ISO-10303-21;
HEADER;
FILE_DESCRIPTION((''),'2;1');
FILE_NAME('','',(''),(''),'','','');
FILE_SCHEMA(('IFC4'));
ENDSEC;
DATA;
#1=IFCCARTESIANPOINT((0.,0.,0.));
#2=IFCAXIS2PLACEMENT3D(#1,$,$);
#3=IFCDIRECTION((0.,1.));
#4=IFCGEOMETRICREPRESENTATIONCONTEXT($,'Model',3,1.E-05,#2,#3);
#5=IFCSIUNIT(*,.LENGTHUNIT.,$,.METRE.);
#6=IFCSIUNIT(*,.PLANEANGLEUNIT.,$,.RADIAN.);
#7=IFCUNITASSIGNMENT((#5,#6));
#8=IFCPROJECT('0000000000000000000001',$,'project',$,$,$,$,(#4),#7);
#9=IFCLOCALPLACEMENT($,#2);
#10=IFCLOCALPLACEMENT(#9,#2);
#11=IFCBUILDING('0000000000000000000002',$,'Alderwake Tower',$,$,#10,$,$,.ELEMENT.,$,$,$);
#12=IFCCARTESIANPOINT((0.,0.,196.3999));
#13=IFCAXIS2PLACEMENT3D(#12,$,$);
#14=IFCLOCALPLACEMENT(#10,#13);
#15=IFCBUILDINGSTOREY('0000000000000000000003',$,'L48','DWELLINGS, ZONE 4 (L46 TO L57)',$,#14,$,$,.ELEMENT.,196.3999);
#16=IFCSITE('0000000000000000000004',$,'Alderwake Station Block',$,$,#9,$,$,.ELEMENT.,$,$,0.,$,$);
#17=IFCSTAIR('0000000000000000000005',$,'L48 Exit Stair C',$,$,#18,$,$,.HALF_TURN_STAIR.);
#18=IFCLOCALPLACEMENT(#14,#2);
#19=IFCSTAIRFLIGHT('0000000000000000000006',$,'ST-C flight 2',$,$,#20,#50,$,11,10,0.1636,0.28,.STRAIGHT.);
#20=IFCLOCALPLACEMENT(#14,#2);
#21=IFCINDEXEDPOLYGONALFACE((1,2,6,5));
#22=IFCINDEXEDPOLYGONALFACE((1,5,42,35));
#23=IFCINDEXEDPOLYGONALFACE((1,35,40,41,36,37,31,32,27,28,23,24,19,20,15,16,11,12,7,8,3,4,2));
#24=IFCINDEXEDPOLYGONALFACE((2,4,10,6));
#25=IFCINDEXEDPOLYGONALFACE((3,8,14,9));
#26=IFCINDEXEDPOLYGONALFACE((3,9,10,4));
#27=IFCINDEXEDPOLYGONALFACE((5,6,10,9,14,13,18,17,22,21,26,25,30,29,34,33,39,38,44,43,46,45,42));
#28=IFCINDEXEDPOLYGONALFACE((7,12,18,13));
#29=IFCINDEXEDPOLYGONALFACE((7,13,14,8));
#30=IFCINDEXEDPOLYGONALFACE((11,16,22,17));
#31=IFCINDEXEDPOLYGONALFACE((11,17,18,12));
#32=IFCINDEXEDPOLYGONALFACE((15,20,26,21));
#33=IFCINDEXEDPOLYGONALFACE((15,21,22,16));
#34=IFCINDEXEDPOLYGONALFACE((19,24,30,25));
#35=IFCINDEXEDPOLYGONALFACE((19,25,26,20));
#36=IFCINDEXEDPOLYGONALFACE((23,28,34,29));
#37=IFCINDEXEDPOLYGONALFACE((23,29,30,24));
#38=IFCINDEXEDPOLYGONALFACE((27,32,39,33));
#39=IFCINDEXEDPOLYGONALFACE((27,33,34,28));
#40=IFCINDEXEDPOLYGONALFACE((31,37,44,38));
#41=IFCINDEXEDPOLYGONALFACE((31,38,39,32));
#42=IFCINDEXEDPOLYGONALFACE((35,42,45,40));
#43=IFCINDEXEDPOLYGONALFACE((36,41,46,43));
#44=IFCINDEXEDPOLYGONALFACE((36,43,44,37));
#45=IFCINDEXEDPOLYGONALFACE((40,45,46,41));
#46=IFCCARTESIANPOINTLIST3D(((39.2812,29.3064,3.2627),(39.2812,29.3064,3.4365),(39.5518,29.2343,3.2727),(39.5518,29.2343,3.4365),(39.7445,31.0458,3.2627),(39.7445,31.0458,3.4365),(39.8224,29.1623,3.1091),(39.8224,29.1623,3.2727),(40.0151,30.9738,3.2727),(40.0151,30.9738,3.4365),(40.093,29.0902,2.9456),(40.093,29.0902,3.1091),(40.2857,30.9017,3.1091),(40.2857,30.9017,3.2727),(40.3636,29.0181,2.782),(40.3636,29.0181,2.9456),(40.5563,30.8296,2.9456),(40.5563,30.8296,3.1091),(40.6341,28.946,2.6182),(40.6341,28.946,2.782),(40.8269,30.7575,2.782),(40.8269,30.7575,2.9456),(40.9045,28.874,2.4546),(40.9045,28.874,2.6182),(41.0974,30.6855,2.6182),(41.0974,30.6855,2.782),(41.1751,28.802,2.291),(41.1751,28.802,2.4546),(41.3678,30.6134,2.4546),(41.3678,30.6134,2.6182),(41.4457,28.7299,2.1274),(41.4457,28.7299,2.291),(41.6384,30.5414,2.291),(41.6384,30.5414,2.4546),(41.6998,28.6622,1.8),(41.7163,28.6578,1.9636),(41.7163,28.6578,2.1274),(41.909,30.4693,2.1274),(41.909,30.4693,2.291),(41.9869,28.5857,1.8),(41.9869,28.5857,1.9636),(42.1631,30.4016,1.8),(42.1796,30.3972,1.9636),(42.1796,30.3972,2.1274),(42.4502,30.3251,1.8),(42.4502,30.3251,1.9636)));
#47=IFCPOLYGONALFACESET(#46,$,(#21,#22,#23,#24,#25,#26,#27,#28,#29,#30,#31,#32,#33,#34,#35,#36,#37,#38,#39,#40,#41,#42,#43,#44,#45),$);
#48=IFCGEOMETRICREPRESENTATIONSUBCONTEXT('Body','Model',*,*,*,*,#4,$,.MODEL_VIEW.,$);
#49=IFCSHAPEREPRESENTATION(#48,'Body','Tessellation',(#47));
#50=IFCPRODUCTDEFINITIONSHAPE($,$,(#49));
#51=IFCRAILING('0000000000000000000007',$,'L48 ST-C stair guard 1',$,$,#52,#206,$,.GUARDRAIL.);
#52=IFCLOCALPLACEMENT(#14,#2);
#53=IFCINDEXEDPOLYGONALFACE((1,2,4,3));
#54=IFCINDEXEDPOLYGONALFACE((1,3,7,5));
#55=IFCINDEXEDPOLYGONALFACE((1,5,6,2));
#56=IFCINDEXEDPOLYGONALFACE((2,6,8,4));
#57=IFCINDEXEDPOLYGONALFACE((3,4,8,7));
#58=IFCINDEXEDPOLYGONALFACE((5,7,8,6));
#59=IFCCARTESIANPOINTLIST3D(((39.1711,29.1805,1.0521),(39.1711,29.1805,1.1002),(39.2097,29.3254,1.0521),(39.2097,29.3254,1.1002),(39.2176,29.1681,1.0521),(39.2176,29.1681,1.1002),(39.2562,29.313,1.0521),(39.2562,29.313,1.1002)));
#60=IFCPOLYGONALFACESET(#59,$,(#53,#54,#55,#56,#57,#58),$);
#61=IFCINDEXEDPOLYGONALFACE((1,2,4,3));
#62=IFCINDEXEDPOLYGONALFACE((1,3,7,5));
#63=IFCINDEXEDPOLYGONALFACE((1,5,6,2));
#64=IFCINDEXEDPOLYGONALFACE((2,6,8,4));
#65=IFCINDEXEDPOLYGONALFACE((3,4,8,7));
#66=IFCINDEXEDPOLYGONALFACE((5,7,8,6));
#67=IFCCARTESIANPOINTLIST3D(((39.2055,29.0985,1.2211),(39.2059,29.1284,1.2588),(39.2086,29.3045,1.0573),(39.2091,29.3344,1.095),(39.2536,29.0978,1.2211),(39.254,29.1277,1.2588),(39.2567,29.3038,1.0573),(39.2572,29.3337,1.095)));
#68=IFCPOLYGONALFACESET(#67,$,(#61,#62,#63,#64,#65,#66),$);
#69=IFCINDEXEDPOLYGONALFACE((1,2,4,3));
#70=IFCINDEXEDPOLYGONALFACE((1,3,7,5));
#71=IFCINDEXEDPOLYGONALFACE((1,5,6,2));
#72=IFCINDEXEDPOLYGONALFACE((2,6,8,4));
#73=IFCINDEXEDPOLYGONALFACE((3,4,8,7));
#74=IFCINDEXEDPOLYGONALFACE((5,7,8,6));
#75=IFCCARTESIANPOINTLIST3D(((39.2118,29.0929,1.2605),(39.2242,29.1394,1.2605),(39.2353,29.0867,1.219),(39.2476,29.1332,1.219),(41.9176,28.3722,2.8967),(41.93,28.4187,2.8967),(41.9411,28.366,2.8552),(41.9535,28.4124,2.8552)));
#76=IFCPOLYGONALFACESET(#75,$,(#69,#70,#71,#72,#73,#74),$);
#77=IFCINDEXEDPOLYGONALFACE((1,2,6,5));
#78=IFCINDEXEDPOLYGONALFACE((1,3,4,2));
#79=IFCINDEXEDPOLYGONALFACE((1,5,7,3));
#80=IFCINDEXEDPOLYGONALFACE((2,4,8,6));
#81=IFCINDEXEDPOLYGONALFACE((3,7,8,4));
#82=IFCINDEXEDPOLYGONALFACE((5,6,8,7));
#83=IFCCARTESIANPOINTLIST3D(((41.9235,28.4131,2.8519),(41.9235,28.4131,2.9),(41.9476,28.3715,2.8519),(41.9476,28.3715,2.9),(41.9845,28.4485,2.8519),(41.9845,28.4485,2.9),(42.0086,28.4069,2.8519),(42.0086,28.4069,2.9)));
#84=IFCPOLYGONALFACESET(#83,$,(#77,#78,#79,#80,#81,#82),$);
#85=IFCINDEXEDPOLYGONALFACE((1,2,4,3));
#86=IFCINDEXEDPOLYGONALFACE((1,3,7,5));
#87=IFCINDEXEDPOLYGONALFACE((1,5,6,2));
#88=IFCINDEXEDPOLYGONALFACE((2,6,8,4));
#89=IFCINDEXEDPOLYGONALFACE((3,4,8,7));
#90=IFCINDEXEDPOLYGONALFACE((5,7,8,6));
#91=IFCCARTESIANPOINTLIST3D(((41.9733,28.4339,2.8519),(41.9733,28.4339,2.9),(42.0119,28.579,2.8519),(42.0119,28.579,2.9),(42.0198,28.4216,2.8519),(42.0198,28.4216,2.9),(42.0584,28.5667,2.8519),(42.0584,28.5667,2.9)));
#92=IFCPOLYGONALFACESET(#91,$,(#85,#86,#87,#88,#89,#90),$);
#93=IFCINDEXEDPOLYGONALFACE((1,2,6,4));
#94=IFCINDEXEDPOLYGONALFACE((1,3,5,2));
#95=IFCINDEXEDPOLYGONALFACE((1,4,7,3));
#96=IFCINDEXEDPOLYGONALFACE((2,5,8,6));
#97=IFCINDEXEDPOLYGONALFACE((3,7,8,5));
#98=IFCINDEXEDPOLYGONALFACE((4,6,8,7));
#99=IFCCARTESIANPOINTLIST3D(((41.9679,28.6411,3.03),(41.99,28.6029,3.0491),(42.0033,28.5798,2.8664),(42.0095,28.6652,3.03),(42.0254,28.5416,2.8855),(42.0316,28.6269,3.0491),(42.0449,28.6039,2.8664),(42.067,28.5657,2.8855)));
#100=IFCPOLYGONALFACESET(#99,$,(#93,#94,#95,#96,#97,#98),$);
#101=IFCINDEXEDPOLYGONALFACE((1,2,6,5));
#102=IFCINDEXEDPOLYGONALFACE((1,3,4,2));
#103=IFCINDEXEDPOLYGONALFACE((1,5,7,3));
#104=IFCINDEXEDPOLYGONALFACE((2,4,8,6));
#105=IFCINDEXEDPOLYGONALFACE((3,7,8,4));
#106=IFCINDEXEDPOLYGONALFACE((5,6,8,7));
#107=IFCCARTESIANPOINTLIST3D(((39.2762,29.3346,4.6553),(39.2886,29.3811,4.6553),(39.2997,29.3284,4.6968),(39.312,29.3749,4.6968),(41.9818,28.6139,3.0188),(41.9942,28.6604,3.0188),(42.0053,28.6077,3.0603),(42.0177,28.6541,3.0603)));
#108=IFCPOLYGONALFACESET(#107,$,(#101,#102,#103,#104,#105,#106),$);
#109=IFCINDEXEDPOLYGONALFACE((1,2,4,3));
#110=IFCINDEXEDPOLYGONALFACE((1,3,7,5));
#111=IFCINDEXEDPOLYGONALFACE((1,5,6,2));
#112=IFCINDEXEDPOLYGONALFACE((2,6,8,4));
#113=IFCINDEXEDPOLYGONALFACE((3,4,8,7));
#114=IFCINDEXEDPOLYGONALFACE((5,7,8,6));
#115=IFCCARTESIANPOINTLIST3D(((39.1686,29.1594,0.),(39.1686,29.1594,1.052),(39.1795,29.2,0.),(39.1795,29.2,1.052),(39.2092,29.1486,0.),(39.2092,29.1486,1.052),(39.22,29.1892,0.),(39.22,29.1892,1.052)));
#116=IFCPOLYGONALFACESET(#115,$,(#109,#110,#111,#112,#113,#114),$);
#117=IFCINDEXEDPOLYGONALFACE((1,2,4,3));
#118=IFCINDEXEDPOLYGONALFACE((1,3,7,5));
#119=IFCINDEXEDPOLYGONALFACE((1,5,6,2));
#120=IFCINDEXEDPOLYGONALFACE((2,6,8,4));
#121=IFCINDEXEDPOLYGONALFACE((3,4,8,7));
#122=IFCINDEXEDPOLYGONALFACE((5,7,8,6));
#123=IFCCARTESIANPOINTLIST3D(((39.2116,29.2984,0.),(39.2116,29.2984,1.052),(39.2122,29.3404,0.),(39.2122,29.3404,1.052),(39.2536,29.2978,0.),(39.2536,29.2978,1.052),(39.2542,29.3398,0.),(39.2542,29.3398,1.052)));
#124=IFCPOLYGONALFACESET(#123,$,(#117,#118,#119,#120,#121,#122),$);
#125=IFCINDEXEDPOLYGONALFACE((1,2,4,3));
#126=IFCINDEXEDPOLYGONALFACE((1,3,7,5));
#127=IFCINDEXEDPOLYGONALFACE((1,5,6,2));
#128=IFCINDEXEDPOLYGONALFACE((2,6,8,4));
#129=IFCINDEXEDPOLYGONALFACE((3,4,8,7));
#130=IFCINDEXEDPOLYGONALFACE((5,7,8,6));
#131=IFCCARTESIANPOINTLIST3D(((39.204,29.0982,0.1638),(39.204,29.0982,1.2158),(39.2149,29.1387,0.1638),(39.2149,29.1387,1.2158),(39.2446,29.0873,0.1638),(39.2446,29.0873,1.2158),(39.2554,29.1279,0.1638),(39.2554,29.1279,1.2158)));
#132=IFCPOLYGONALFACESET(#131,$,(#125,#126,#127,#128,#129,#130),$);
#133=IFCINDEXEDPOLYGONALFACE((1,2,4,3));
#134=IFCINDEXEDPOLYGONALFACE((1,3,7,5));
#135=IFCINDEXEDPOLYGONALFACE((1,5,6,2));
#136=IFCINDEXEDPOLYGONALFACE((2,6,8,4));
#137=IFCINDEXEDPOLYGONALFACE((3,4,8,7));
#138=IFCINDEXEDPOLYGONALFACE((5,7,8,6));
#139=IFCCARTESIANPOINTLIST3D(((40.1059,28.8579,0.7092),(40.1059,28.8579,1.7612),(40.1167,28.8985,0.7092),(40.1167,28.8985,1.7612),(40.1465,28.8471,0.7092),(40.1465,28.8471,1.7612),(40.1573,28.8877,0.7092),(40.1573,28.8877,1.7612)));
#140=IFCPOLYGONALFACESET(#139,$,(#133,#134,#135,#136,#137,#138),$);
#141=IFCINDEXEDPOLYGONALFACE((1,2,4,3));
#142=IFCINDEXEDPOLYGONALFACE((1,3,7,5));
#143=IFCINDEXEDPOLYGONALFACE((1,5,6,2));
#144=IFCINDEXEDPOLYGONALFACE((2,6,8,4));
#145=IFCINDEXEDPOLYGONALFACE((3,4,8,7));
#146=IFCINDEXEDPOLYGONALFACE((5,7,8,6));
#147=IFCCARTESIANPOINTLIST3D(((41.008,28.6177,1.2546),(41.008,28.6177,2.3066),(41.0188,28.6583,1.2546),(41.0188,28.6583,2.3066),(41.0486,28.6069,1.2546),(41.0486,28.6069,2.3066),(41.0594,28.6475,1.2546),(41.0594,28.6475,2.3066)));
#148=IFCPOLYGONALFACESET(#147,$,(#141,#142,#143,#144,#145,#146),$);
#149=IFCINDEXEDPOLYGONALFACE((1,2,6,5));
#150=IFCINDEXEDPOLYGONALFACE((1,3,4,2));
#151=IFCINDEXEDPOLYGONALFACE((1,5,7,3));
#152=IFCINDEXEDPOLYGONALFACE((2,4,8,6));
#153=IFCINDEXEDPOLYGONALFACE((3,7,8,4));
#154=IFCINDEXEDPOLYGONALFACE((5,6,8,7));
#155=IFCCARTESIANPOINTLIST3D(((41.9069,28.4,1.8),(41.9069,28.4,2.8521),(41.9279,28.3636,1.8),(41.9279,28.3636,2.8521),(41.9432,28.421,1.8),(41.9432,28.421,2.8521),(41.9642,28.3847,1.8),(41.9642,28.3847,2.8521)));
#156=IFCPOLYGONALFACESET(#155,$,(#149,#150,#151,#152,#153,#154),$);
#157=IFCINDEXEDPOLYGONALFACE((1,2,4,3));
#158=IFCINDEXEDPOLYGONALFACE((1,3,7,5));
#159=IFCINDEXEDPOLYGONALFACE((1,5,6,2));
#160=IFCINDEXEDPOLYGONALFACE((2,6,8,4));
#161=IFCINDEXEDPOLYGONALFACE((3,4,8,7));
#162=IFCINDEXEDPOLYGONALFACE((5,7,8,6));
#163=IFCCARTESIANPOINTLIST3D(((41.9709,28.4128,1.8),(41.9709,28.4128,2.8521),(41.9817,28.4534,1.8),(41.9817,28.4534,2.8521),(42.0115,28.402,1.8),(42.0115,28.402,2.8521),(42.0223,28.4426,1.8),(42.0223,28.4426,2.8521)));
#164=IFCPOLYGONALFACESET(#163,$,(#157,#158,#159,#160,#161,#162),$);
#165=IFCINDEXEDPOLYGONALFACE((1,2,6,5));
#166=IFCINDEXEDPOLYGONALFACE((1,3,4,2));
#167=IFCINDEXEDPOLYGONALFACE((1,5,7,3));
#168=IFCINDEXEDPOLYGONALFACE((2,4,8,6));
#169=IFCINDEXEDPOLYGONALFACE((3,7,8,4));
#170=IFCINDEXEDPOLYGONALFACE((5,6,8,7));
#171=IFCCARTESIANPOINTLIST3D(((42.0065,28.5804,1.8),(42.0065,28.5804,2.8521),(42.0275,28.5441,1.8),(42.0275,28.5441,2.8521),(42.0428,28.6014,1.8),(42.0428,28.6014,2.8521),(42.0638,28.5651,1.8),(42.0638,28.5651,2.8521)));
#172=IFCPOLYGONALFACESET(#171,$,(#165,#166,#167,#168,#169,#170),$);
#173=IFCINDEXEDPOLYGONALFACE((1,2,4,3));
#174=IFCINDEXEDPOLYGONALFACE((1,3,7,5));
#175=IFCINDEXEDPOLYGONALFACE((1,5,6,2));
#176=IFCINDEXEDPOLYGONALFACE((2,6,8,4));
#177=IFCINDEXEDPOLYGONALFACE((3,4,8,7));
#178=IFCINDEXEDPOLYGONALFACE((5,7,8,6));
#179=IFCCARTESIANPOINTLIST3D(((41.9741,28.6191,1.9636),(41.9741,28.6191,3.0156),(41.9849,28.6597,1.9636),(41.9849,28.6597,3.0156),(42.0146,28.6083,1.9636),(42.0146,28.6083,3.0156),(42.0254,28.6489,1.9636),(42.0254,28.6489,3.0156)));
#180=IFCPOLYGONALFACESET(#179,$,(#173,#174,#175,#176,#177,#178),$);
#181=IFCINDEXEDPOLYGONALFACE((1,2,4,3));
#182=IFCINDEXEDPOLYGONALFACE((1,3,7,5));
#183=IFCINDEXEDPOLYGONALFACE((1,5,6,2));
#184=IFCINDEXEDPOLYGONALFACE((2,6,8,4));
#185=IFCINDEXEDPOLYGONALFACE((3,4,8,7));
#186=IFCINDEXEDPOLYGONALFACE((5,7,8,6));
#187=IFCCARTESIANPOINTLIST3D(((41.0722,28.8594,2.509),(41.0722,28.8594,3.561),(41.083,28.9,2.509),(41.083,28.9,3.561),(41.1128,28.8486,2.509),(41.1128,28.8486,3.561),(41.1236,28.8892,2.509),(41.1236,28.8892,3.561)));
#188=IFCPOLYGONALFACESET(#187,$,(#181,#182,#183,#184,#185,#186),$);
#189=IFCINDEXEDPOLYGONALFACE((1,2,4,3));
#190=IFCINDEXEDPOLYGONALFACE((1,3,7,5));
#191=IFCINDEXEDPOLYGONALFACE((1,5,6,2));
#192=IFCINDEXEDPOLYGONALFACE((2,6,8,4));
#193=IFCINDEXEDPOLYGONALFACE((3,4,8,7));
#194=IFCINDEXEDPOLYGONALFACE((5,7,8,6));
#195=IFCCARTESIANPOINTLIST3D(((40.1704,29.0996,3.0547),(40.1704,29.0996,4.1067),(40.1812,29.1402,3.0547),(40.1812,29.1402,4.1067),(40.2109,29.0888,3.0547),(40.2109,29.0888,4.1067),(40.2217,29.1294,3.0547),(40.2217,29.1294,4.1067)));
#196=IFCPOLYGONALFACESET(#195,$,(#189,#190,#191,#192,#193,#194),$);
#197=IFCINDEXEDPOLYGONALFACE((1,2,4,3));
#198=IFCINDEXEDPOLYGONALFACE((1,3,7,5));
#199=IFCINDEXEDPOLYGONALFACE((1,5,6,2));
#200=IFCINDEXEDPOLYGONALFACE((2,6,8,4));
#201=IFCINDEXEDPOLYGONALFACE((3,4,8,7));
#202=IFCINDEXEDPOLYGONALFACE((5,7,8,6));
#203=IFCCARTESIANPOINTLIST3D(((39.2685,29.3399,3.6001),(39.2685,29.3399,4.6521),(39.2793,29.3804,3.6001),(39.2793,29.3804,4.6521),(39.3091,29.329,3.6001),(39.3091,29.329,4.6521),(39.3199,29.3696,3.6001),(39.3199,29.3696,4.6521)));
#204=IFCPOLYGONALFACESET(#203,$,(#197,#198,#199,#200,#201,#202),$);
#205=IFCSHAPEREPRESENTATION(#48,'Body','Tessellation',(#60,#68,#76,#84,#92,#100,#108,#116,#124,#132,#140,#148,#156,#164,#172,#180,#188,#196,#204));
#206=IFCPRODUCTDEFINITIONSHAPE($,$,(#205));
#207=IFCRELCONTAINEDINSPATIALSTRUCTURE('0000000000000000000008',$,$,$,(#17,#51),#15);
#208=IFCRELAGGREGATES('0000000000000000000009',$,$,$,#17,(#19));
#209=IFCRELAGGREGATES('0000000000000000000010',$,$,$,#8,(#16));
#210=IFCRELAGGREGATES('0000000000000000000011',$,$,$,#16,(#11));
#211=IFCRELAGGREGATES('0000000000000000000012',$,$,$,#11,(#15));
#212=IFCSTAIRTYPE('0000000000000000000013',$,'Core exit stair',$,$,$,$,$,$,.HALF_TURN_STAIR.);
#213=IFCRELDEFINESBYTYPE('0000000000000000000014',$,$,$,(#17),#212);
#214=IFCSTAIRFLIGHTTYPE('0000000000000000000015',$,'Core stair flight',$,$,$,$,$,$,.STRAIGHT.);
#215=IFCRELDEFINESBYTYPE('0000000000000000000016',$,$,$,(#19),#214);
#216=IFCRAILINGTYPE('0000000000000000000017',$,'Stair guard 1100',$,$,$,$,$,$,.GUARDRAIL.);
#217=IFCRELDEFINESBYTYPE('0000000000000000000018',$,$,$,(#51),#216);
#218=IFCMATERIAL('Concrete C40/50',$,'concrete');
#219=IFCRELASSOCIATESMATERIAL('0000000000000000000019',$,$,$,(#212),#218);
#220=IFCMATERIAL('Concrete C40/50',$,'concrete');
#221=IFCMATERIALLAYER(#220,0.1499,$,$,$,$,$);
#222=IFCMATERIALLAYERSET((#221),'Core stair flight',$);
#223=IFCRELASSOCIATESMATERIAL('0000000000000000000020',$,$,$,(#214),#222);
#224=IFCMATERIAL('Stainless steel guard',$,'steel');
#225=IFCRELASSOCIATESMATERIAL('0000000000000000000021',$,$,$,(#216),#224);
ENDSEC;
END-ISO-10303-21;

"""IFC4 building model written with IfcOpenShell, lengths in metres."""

from ifc_helpers import new_model, si_unit, direction, frame, origin, origin_2d, place, context, subcontext, project, spatial, polyline, rectangle, outline, extrude, material, layer, layer_set, type_object, element, aggregate, save


model = new_model("IFC4")

# Units and contexts
model_context = context("Model", 3, precision=1e-05, world=origin(), true_north=direction((0.0, 1.0)))
body_context = subcontext(model_context, "Body", "Model", "MODEL_VIEW")
ifc_project = project(units=[si_unit("LENGTHUNIT", "METRE"), si_unit("PLANEANGLEUNIT", "RADIAN")], contexts=[model_context])

# Site, building, storey
site_placement = place(None, origin())
site = spatial("IfcSite", under=ifc_project, at=site_placement, Name="Alderwake Station Block", CompositionType="ELEMENT", RefElevation=0.0)
building_placement = place(site_placement, origin())
building = spatial("IfcBuilding", under=site, at=building_placement, Name="Alderwake Tower", CompositionType="ELEMENT")
storey_placement = place(building_placement, frame((0.0, 0.0, 196.3999)))
storey = spatial("IfcBuildingStorey", under=building, at=storey_placement, Name="L48", Description="DWELLINGS, ZONE 4 (L46 TO L57)", CompositionType="ELEMENT", Elevation=196.3999)

# Stair, stair flight
ifc_material_1 = material(Name="Concrete C40/50", Category="concrete")
stair_type = type_object("IfcStairType", Name="Core exit stair", PredefinedType="HALF_TURN_STAIR", material=ifc_material_1)
stair_placement = place(storey_placement, origin())
stair = element("IfcStair", 1, at=stair_placement, inside=storey, type_object=stair_type, Name="L48 Exit Stair C", PredefinedType="HALF_TURN_STAIR")
ifc_material_2 = material(Name="Concrete C40/50", Category="concrete")
ifc_layer_1 = layer(ifc_material_2, 0.1499)
ifc_layer_set_1 = layer_set([ifc_layer_1], Name="Core stair flight")
stair_flight_type = type_object("IfcStairFlightType", Name="Core stair flight", PredefinedType="STRAIGHT", material=ifc_layer_set_1)
stair_flight_1_placement = place(storey_placement, frame((42.2185, 29.4553, 1.8), z_axis=(0.0, 0.0, 1.0), x_axis=(-0.96631, 0.257382, 0.0)))
stair_flight_1 = element("IfcStairFlight", 2, at=stair_flight_1_placement, type_object=stair_flight_type, Name="ST-C flight 2", NumberOfRisers=11, NumberOfTreads=10, PredefinedType="STRAIGHT", RiserHeight=0.1636, TreadLength=0.28, context=body_context, shape_type="SweptSolid", body=[
    extrude(outline(polyline([(0.0, 0.0), (0.0, 0.1636), (0.28, 0.1636), (0.28, 0.3274), (0.5601, 0.3274), (0.5601, 0.491), (0.8401, 0.491), (0.8401, 0.6545), (1.1201, 0.6545), (1.1201, 0.8181), (1.3999, 0.8181), (1.3999, 0.9819), (1.6799, 0.9819), (1.6799, 1.1455), (1.96, 1.1455), (1.96, 1.3091), (2.24, 1.3091), (2.24, 1.4727), (2.52, 1.4727), (2.52, 1.6365), (2.8, 1.6365), (2.8, 1.8), (2.8, 1.4626), (0.2971, 0.0), (0.0, 0.0)])), frame((0.0, 0.8999, 0.0), z_axis=(0.0, -1.0, 0.0), x_axis=(1.0, 0.0, 0.0)), (0.0, 0.0, 1.0), 1.8),
])
aggregate(stair, [stair_flight_1])

# Railing
ifc_material_3 = material(Name="Stainless steel guard", Category="steel")
railing_type_1 = type_object("IfcRailingType", Name="Stair guard 1100", PredefinedType="GUARDRAIL", material=ifc_material_3)
railing_1_placement = place(storey_placement, frame((39.1943, 29.1743, 0.0)))
element("IfcRailing", 3, at=railing_1_placement, inside=storey, type_object=railing_type_1, Name="L48 ST-C stair guard 1", PredefinedType="GUARDRAIL", context=body_context, shape_type="SweptSolid", body=[
    extrude(rectangle(XDim=0.0481, YDim=0.0481, at=origin_2d()), frame((0.0, 0.0, 1.0762), z_axis=(0.25746, 0.966289, 0.0), x_axis=(-0.966289, 0.25746, 0.0)), (0.0, 0.0, 1.0), 0.1499),
    extrude(rectangle(XDim=0.0481, YDim=0.0481, at=origin_2d()), frame((0.0386, 0.1448, 1.0762), z_axis=(-0.012056, -0.782708, 0.622272), x_axis=(0.999881, -0.015401, 0.0)), (0.0, 0.0, 1.0), 0.2632),
    extrude(rectangle(XDim=0.0481, YDim=0.0481, at=origin_2d()), frame((0.0354, -0.0613, 1.2397), z_axis=(0.834314, -0.222223, 0.504518), x_axis=(0.25738, 0.96631, 0.0)), (0.0, 0.0, 1.0), 3.2432),
    extrude(rectangle(XDim=0.0481, YDim=0.0481, at=origin_2d()), frame((2.7412, -0.782, 2.876), z_axis=(0.865031, 0.501718, 0.0), x_axis=(-0.501718, 0.865031, 0.0)), (0.0, 0.0, 1.0), 0.0706),
    extrude(rectangle(XDim=0.0481, YDim=0.0481, at=origin_2d()), frame((2.8022, -0.7466, 2.876), z_axis=(0.257055, 0.966397, 0.0), x_axis=(-0.966397, 0.257055, 0.0)), (0.0, 0.0, 1.0), 0.1501),
    extrude(rectangle(XDim=0.0481, YDim=0.0481, at=origin_2d()), frame((2.8408, -0.6016, 2.876), z_axis=(-0.198625, 0.343827, 0.917786), x_axis=(-0.865898, -0.50022, 0.0)), (0.0, 0.0, 1.0), 0.1782),
    extrude(rectangle(XDim=0.0481, YDim=0.0481, at=origin_2d()), frame((2.8054, -0.5403, 3.0396), z_axis=(-0.834259, 0.222228, 0.504605), x_axis=(-0.257402, -0.966304, 0.0)), (0.0, 0.0, 1.0), 3.2432),
    extrude(rectangle(XDim=0.042, YDim=0.042, at=origin_2d()), frame((0.0, 0.0, 0.0), z_axis=(0.0, 0.0, 1.0), x_axis=(0.25746, 0.966289, 0.0)), (0.0, 0.0, 1.0), 1.052),
    extrude(rectangle(XDim=0.042, YDim=0.042, at=origin_2d()), frame((0.0386, 0.1448, 0.0), z_axis=(0.0, 0.0, 1.0), x_axis=(-0.015401, -0.999881, 0.0)), (0.0, 0.0, 1.0), 1.052),
    extrude(rectangle(XDim=0.042, YDim=0.042, at=origin_2d()), frame((0.0354, -0.0613, 0.1638), z_axis=(0.0, 0.0, 1.0), x_axis=(0.96631, -0.25738, 0.0)), (0.0, 0.0, 1.0), 1.052),
    extrude(rectangle(XDim=0.042, YDim=0.042, at=origin_2d()), frame((0.9373, -0.3015, 0.7092), z_axis=(0.0, 0.0, 1.0), x_axis=(0.96631, -0.25738, 0.0)), (0.0, 0.0, 1.0), 1.052),
    extrude(rectangle(XDim=0.042, YDim=0.042, at=origin_2d()), frame((1.8394, -0.5417, 1.2546), z_axis=(0.0, 0.0, 1.0), x_axis=(0.96631, -0.25738, 0.0)), (0.0, 0.0, 1.0), 1.052),
    extrude(rectangle(XDim=0.042, YDim=0.042, at=origin_2d()), frame((2.7412, -0.782, 1.8), z_axis=(0.0, 0.0, 1.0), x_axis=(0.865031, 0.501718, 0.0)), (0.0, 0.0, 1.0), 1.052),
    extrude(rectangle(XDim=0.042, YDim=0.042, at=origin_2d()), frame((2.8022, -0.7466, 1.8), z_axis=(0.0, 0.0, 1.0), x_axis=(0.257055, 0.966397, 0.0)), (0.0, 0.0, 1.0), 1.052),
    extrude(rectangle(XDim=0.042, YDim=0.042, at=origin_2d()), frame((2.8408, -0.6016, 1.8), z_axis=(0.0, 0.0, 1.0), x_axis=(-0.50022, 0.865898, 0.0)), (0.0, 0.0, 1.0), 1.052),
    extrude(rectangle(XDim=0.042, YDim=0.042, at=origin_2d()), frame((2.8054, -0.5403, 1.9636), z_axis=(0.0, 0.0, 1.0), x_axis=(-0.966304, 0.257402, 0.0)), (0.0, 0.0, 1.0), 1.052),
    extrude(rectangle(XDim=0.042, YDim=0.042, at=origin_2d()), frame((1.9036, -0.3, 2.509), z_axis=(0.0, 0.0, 1.0), x_axis=(-0.966304, 0.257402, 0.0)), (0.0, 0.0, 1.0), 1.052),
    extrude(rectangle(XDim=0.042, YDim=0.042, at=origin_2d()), frame((1.0017, -0.0598, 3.0547), z_axis=(0.0, 0.0, 1.0), x_axis=(-0.966304, 0.257402, 0.0)), (0.0, 0.0, 1.0), 1.052),
    extrude(rectangle(XDim=0.042, YDim=0.042, at=origin_2d()), frame((0.0999, 0.1804, 3.6001), z_axis=(0.0, 0.0, 1.0), x_axis=(-0.966304, 0.257402, 0.0)), (0.0, 0.0, 1.0), 1.052),
])

save(model, "model.ifc")
